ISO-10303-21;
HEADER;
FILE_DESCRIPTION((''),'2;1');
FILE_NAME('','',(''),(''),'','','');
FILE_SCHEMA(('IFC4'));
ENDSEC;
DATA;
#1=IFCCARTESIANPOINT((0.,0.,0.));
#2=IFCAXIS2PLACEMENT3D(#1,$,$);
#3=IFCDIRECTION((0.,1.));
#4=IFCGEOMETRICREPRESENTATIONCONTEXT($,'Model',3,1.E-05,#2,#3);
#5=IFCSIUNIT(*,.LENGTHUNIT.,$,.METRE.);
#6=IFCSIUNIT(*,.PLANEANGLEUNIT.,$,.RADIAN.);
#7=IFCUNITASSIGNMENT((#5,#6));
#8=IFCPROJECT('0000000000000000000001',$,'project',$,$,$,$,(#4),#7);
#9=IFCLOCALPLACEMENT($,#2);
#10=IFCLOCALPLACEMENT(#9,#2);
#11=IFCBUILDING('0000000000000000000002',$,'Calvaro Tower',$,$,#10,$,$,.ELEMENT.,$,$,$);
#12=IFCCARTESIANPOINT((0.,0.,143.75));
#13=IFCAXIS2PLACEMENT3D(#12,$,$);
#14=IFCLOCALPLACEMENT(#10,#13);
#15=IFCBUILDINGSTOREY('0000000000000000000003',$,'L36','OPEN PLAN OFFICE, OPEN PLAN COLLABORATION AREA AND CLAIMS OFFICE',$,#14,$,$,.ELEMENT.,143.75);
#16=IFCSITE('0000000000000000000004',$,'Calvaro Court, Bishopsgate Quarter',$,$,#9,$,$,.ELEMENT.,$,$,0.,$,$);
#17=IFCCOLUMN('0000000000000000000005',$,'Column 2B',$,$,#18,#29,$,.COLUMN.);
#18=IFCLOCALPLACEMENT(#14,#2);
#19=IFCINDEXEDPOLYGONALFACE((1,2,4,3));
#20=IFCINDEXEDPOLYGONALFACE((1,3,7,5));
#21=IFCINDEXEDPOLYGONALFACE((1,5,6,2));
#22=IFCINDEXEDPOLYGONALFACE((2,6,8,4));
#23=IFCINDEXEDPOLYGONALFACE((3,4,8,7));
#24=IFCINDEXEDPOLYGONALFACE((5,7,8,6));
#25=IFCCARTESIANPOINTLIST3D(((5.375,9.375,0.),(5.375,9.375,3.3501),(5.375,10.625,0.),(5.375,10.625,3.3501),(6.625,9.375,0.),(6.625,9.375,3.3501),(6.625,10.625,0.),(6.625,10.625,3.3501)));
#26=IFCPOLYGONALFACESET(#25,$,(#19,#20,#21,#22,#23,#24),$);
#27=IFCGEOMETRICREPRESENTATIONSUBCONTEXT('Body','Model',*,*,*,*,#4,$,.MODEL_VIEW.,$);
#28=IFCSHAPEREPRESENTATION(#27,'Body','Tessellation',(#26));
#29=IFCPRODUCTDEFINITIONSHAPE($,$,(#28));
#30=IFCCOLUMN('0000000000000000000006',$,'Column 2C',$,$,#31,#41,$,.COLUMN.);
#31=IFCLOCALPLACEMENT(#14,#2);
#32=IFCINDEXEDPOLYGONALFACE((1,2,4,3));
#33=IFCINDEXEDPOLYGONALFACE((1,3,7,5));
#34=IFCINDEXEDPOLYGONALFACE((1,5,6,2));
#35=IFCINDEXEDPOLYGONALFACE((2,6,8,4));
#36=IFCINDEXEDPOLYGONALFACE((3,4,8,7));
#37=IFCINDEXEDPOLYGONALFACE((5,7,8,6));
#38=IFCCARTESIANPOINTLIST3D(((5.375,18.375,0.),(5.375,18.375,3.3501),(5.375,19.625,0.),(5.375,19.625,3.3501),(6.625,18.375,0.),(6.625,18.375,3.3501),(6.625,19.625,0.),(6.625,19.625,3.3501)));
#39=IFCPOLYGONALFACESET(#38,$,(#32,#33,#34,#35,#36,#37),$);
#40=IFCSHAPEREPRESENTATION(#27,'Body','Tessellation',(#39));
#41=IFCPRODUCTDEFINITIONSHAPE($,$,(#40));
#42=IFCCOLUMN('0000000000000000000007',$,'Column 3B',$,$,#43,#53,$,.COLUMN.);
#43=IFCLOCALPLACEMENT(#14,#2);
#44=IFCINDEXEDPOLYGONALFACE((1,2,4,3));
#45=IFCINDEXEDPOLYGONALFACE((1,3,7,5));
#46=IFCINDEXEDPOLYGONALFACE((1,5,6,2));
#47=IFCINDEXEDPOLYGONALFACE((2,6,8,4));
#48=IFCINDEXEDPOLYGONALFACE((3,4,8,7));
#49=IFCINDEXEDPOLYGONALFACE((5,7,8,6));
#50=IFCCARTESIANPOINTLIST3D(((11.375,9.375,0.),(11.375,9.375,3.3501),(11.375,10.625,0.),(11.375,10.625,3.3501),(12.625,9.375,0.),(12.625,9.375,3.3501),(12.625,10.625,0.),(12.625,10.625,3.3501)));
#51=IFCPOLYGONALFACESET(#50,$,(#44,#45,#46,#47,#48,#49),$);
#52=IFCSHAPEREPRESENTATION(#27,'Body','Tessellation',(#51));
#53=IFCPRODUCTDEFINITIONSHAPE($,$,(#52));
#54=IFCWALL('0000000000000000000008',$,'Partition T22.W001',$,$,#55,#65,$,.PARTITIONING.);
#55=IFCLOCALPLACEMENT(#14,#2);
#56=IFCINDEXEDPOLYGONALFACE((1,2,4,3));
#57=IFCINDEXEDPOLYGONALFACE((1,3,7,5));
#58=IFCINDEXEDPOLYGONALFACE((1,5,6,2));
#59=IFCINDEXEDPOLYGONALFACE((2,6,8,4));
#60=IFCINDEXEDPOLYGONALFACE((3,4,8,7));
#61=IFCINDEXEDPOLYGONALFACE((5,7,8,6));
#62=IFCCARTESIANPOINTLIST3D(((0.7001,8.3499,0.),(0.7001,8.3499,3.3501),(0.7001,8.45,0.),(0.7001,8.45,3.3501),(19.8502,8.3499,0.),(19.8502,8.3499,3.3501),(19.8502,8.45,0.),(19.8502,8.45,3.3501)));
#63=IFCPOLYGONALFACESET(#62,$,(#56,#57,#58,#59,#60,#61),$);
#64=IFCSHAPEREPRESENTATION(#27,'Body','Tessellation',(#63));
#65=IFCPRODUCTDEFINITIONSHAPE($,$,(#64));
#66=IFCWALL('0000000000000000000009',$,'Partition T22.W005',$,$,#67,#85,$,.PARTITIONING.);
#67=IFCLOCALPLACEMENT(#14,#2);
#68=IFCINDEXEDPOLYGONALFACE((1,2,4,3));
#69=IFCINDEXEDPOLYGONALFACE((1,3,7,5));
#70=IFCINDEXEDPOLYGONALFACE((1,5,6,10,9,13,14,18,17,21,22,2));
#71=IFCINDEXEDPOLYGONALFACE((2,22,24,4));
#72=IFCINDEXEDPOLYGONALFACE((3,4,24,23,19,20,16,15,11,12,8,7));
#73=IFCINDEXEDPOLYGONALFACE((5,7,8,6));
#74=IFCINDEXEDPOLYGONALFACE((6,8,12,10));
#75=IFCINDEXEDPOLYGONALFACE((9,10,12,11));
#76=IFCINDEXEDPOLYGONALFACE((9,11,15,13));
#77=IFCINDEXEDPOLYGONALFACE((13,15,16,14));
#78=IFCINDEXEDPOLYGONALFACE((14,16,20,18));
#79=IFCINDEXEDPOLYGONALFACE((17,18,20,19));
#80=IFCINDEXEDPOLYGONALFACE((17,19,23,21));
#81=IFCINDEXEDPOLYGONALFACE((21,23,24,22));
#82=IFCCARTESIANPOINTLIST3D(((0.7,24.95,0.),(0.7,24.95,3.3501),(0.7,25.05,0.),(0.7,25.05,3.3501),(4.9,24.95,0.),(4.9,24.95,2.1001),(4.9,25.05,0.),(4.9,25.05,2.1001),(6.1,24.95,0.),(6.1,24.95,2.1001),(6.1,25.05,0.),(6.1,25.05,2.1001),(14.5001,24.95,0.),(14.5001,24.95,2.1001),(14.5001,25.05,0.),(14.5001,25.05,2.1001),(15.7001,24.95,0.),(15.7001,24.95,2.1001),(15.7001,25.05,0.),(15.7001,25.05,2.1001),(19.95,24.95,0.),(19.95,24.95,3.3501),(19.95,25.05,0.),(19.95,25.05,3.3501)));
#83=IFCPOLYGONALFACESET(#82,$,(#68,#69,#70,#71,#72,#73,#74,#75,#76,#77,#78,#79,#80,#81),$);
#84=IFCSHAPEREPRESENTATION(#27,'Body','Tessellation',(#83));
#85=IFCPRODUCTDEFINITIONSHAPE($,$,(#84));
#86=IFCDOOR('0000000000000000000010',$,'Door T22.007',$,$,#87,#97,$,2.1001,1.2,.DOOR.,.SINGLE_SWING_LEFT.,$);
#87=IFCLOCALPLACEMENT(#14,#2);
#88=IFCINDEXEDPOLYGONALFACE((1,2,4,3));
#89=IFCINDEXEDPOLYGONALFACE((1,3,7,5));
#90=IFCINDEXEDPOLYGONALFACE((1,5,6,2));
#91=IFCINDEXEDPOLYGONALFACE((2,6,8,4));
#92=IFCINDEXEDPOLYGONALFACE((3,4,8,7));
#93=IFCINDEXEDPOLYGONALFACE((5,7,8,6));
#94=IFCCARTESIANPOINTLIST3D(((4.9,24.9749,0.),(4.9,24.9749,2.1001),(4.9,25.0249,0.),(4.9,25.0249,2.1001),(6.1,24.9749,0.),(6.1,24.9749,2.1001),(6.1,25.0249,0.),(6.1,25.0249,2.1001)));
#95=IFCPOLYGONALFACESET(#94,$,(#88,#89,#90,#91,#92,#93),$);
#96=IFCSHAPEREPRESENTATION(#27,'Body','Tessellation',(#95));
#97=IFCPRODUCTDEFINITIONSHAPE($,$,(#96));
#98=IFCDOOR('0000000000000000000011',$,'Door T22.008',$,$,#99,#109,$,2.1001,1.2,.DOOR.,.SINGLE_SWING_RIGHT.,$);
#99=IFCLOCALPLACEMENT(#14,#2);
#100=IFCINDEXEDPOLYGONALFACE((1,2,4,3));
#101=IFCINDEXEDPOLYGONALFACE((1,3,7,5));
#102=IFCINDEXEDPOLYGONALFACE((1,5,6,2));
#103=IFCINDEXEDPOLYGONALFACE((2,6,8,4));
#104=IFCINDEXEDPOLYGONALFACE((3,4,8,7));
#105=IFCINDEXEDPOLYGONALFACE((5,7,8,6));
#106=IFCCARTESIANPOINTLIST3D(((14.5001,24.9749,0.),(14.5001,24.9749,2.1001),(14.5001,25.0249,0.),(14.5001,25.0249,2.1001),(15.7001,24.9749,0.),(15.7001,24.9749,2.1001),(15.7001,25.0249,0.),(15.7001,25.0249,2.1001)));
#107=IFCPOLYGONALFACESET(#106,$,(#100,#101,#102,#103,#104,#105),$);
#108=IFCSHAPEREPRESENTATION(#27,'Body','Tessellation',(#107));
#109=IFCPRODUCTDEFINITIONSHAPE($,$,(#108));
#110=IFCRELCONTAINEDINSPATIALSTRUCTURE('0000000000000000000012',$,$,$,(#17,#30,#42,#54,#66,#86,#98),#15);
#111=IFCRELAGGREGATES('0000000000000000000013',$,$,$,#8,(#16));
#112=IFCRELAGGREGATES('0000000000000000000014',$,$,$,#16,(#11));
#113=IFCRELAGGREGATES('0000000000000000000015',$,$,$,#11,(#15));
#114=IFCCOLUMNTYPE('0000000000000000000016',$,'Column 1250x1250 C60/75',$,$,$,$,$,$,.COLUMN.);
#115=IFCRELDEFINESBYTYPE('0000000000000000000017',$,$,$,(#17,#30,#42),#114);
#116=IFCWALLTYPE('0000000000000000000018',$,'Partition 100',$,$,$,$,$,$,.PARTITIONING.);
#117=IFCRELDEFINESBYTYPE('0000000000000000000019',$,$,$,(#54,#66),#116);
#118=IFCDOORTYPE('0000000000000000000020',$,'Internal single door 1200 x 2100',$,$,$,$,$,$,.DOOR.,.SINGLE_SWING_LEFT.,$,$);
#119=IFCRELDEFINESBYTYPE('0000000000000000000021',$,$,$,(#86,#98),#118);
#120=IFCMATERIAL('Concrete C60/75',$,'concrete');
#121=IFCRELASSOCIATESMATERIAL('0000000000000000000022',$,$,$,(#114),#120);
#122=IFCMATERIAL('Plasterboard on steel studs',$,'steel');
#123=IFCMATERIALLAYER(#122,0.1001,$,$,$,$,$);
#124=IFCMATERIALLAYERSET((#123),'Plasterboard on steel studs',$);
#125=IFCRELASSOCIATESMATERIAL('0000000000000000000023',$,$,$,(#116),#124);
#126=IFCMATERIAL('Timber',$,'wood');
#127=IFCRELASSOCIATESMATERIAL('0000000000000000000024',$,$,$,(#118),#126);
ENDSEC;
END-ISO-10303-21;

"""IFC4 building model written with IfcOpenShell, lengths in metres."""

from ifc_helpers import new_model, si_unit, direction, frame, frame_2d, origin, origin_2d, place, context, subcontext, project, spatial, rectangle, extrude, material, layer, layer_set, material_profile, profile_set, type_object, element, fill, save


model = new_model("IFC4")

# Units and contexts
model_context = context("Model", 3, precision=1e-05, world=origin(), true_north=direction((0.0, 1.0)))
body_context = subcontext(model_context, "Body", "Model", "MODEL_VIEW")
ifc_project = project(units=[si_unit("LENGTHUNIT", "METRE"), si_unit("PLANEANGLEUNIT", "RADIAN")], contexts=[model_context])

# Site, building, storey
site_placement = place(None, origin())
site = spatial("IfcSite", under=ifc_project, at=site_placement, Name="Calvaro Court, Bishopsgate Quarter", CompositionType="ELEMENT", RefElevation=0.0)
building_placement = place(site_placement, origin())
building = spatial("IfcBuilding", under=site, at=building_placement, Name="Calvaro Tower", CompositionType="ELEMENT")
storey_placement = place(building_placement, frame((0.0, 0.0, 143.75)))
storey = spatial("IfcBuildingStorey", under=building, at=storey_placement, Name="L36", Description="OPEN PLAN OFFICE, OPEN PLAN COLLABORATION AREA AND CLAIMS OFFICE", CompositionType="ELEMENT", Elevation=143.75)

# Columns
ifc_material_1 = material(Name="Concrete C60/75", Category="concrete")
ifc_material_profile = material_profile(ifc_material_1, rectangle(XDim=1.25, YDim=1.25, at=origin_2d()), Name="RC 1250x1250")
ifc_profile_set = profile_set([ifc_material_profile], Name="Concrete C60/75")
column_type = type_object("IfcColumnType", Name="Column 1250x1250 C60/75", PredefinedType="COLUMN", material=ifc_profile_set)
for number, where, z_axis, x_axis, name in (
    (1, (6.0, 10.0, 0.0), (0.0, 0.0, 1.0), (1.0, 0.0, 0.0), "Column 2B"),
    (2, (6.0, 19.0, 0.0), (0.0, 0.0, 1.0), (1.0, 0.0, 0.0), "Column 2C"),
    (3, (12.0, 10.0, 0.0), (0.0, 0.0, 1.0), (1.0, 0.0, 0.0), "Column 3B"),
):
    element("IfcColumn", number, at=place(storey_placement, frame(where, z_axis=z_axis, x_axis=x_axis)), inside=storey, type_object=column_type, Name=name, PredefinedType="COLUMN", context=body_context, shape_type="SweptSolid", body=[
        extrude(rectangle(XDim=1.25, YDim=1.25, at=origin_2d()), origin(), (0.0, 0.0, 1.0), 3.3501),
    ])

# Wall
ifc_material_2 = material(Name="Plasterboard on steel studs", Category="steel")
ifc_layer = layer(ifc_material_2, 0.1001)
ifc_layer_set = layer_set([ifc_layer], Name="Plasterboard on steel studs")
wall_type = type_object("IfcWallType", Name="Partition 100", PredefinedType="PARTITIONING", material=ifc_layer_set)
wall_1_placement = place(storey_placement, frame((0.7, 8.3999, 0.0), z_axis=(0.0, 0.0, 1.0), x_axis=(1.0, 0.0, 0.0)))
element("IfcWall", 4, at=wall_1_placement, inside=storey, type_object=wall_type, Name="Partition T22.W001", PredefinedType="PARTITIONING", context=body_context, shape_type="SweptSolid", body=[
    extrude(rectangle(XDim=19.1501, YDim=0.1001, at=frame_2d((9.5752, 0.0))), origin(), (0.0, 0.0, 1.0), 3.3501),
])

# Wall, openings, doors
wall_2_placement = place(storey_placement, frame((0.7, 25.0, 0.0), z_axis=(0.0, 0.0, 1.0), x_axis=(1.0, 0.0, 0.0)))
wall_2 = element("IfcWall", 5, at=wall_2_placement, inside=storey, type_object=wall_type, Name="Partition T22.W005", PredefinedType="PARTITIONING", context=body_context, shape_type="SweptSolid", body=[
    extrude(rectangle(XDim=19.25, YDim=0.1001, at=frame_2d((9.625, 0.0))), origin(), (0.0, 0.0, 1.0), 3.3501),
])
opening_1_placement = place(wall_2_placement, frame((4.2, 0.0, 0.0)))
opening_1 = element("IfcOpeningElement", 6, at=opening_1_placement, cuts=wall_2, PredefinedType="OPENING", context=body_context, shape_type="SweptSolid", body=[
    extrude(rectangle(XDim=1.2, YDim=2.1001, at=frame_2d((0.6001, 1.05))), frame((0.0, 0.0601, 0.0), z_axis=(0.0, -1.0, 0.0), x_axis=(1.0, 0.0, 0.0)), (0.0, 0.0, 1.0), 0.1201),
])
opening_2_placement = place(wall_2_placement, frame((13.8, 0.0, 0.0)))
opening_2 = element("IfcOpeningElement", 7, at=opening_2_placement, cuts=wall_2, PredefinedType="OPENING", context=body_context, shape_type="SweptSolid", body=[
    extrude(rectangle(XDim=1.2, YDim=2.1001, at=frame_2d((0.6001, 1.05))), frame((0.0, 0.0601, 0.0), z_axis=(0.0, -1.0, 0.0), x_axis=(1.0, 0.0, 0.0)), (0.0, 0.0, 1.0), 0.1201),
])
ifc_material_3 = material(Name="Timber", Category="wood")
door_type = type_object("IfcDoorType", Name="Internal single door 1200 x 2100", OperationType="SINGLE_SWING_LEFT", PredefinedType="DOOR", material=ifc_material_3)
door_1_placement = place(opening_1_placement, origin())
door_1 = element("IfcDoor", 8, at=door_1_placement, inside=storey, type_object=door_type, Name="Door T22.007", OperationType="SINGLE_SWING_LEFT", OverallHeight=2.1001, OverallWidth=1.2, PredefinedType="DOOR", context=body_context, shape_type="SweptSolid", body=[
    extrude(rectangle(XDim=1.2, YDim=2.1001, at=frame_2d((0.6001, 1.05))), frame((0.0, 0.0249, 0.0), z_axis=(0.0, -1.0, 0.0), x_axis=(1.0, 0.0, 0.0)), (0.0, 0.0, 1.0), 0.05),
])
fill(opening_1, door_1)
door_2_placement = place(opening_2_placement, origin())
door_2 = element("IfcDoor", 9, at=door_2_placement, inside=storey, type_object=door_type, Name="Door T22.008", OperationType="SINGLE_SWING_RIGHT", OverallHeight=2.1001, OverallWidth=1.2, PredefinedType="DOOR", context=body_context, shape_type="SweptSolid", body=[
    extrude(rectangle(XDim=1.2, YDim=2.1001, at=frame_2d((0.6001, 1.05))), frame((0.0, 0.0249, 0.0), z_axis=(0.0, -1.0, 0.0), x_axis=(1.0, 0.0, 0.0)), (0.0, 0.0, 1.0), 0.05),
])
fill(opening_2, door_2)

save(model, "model.ifc")
